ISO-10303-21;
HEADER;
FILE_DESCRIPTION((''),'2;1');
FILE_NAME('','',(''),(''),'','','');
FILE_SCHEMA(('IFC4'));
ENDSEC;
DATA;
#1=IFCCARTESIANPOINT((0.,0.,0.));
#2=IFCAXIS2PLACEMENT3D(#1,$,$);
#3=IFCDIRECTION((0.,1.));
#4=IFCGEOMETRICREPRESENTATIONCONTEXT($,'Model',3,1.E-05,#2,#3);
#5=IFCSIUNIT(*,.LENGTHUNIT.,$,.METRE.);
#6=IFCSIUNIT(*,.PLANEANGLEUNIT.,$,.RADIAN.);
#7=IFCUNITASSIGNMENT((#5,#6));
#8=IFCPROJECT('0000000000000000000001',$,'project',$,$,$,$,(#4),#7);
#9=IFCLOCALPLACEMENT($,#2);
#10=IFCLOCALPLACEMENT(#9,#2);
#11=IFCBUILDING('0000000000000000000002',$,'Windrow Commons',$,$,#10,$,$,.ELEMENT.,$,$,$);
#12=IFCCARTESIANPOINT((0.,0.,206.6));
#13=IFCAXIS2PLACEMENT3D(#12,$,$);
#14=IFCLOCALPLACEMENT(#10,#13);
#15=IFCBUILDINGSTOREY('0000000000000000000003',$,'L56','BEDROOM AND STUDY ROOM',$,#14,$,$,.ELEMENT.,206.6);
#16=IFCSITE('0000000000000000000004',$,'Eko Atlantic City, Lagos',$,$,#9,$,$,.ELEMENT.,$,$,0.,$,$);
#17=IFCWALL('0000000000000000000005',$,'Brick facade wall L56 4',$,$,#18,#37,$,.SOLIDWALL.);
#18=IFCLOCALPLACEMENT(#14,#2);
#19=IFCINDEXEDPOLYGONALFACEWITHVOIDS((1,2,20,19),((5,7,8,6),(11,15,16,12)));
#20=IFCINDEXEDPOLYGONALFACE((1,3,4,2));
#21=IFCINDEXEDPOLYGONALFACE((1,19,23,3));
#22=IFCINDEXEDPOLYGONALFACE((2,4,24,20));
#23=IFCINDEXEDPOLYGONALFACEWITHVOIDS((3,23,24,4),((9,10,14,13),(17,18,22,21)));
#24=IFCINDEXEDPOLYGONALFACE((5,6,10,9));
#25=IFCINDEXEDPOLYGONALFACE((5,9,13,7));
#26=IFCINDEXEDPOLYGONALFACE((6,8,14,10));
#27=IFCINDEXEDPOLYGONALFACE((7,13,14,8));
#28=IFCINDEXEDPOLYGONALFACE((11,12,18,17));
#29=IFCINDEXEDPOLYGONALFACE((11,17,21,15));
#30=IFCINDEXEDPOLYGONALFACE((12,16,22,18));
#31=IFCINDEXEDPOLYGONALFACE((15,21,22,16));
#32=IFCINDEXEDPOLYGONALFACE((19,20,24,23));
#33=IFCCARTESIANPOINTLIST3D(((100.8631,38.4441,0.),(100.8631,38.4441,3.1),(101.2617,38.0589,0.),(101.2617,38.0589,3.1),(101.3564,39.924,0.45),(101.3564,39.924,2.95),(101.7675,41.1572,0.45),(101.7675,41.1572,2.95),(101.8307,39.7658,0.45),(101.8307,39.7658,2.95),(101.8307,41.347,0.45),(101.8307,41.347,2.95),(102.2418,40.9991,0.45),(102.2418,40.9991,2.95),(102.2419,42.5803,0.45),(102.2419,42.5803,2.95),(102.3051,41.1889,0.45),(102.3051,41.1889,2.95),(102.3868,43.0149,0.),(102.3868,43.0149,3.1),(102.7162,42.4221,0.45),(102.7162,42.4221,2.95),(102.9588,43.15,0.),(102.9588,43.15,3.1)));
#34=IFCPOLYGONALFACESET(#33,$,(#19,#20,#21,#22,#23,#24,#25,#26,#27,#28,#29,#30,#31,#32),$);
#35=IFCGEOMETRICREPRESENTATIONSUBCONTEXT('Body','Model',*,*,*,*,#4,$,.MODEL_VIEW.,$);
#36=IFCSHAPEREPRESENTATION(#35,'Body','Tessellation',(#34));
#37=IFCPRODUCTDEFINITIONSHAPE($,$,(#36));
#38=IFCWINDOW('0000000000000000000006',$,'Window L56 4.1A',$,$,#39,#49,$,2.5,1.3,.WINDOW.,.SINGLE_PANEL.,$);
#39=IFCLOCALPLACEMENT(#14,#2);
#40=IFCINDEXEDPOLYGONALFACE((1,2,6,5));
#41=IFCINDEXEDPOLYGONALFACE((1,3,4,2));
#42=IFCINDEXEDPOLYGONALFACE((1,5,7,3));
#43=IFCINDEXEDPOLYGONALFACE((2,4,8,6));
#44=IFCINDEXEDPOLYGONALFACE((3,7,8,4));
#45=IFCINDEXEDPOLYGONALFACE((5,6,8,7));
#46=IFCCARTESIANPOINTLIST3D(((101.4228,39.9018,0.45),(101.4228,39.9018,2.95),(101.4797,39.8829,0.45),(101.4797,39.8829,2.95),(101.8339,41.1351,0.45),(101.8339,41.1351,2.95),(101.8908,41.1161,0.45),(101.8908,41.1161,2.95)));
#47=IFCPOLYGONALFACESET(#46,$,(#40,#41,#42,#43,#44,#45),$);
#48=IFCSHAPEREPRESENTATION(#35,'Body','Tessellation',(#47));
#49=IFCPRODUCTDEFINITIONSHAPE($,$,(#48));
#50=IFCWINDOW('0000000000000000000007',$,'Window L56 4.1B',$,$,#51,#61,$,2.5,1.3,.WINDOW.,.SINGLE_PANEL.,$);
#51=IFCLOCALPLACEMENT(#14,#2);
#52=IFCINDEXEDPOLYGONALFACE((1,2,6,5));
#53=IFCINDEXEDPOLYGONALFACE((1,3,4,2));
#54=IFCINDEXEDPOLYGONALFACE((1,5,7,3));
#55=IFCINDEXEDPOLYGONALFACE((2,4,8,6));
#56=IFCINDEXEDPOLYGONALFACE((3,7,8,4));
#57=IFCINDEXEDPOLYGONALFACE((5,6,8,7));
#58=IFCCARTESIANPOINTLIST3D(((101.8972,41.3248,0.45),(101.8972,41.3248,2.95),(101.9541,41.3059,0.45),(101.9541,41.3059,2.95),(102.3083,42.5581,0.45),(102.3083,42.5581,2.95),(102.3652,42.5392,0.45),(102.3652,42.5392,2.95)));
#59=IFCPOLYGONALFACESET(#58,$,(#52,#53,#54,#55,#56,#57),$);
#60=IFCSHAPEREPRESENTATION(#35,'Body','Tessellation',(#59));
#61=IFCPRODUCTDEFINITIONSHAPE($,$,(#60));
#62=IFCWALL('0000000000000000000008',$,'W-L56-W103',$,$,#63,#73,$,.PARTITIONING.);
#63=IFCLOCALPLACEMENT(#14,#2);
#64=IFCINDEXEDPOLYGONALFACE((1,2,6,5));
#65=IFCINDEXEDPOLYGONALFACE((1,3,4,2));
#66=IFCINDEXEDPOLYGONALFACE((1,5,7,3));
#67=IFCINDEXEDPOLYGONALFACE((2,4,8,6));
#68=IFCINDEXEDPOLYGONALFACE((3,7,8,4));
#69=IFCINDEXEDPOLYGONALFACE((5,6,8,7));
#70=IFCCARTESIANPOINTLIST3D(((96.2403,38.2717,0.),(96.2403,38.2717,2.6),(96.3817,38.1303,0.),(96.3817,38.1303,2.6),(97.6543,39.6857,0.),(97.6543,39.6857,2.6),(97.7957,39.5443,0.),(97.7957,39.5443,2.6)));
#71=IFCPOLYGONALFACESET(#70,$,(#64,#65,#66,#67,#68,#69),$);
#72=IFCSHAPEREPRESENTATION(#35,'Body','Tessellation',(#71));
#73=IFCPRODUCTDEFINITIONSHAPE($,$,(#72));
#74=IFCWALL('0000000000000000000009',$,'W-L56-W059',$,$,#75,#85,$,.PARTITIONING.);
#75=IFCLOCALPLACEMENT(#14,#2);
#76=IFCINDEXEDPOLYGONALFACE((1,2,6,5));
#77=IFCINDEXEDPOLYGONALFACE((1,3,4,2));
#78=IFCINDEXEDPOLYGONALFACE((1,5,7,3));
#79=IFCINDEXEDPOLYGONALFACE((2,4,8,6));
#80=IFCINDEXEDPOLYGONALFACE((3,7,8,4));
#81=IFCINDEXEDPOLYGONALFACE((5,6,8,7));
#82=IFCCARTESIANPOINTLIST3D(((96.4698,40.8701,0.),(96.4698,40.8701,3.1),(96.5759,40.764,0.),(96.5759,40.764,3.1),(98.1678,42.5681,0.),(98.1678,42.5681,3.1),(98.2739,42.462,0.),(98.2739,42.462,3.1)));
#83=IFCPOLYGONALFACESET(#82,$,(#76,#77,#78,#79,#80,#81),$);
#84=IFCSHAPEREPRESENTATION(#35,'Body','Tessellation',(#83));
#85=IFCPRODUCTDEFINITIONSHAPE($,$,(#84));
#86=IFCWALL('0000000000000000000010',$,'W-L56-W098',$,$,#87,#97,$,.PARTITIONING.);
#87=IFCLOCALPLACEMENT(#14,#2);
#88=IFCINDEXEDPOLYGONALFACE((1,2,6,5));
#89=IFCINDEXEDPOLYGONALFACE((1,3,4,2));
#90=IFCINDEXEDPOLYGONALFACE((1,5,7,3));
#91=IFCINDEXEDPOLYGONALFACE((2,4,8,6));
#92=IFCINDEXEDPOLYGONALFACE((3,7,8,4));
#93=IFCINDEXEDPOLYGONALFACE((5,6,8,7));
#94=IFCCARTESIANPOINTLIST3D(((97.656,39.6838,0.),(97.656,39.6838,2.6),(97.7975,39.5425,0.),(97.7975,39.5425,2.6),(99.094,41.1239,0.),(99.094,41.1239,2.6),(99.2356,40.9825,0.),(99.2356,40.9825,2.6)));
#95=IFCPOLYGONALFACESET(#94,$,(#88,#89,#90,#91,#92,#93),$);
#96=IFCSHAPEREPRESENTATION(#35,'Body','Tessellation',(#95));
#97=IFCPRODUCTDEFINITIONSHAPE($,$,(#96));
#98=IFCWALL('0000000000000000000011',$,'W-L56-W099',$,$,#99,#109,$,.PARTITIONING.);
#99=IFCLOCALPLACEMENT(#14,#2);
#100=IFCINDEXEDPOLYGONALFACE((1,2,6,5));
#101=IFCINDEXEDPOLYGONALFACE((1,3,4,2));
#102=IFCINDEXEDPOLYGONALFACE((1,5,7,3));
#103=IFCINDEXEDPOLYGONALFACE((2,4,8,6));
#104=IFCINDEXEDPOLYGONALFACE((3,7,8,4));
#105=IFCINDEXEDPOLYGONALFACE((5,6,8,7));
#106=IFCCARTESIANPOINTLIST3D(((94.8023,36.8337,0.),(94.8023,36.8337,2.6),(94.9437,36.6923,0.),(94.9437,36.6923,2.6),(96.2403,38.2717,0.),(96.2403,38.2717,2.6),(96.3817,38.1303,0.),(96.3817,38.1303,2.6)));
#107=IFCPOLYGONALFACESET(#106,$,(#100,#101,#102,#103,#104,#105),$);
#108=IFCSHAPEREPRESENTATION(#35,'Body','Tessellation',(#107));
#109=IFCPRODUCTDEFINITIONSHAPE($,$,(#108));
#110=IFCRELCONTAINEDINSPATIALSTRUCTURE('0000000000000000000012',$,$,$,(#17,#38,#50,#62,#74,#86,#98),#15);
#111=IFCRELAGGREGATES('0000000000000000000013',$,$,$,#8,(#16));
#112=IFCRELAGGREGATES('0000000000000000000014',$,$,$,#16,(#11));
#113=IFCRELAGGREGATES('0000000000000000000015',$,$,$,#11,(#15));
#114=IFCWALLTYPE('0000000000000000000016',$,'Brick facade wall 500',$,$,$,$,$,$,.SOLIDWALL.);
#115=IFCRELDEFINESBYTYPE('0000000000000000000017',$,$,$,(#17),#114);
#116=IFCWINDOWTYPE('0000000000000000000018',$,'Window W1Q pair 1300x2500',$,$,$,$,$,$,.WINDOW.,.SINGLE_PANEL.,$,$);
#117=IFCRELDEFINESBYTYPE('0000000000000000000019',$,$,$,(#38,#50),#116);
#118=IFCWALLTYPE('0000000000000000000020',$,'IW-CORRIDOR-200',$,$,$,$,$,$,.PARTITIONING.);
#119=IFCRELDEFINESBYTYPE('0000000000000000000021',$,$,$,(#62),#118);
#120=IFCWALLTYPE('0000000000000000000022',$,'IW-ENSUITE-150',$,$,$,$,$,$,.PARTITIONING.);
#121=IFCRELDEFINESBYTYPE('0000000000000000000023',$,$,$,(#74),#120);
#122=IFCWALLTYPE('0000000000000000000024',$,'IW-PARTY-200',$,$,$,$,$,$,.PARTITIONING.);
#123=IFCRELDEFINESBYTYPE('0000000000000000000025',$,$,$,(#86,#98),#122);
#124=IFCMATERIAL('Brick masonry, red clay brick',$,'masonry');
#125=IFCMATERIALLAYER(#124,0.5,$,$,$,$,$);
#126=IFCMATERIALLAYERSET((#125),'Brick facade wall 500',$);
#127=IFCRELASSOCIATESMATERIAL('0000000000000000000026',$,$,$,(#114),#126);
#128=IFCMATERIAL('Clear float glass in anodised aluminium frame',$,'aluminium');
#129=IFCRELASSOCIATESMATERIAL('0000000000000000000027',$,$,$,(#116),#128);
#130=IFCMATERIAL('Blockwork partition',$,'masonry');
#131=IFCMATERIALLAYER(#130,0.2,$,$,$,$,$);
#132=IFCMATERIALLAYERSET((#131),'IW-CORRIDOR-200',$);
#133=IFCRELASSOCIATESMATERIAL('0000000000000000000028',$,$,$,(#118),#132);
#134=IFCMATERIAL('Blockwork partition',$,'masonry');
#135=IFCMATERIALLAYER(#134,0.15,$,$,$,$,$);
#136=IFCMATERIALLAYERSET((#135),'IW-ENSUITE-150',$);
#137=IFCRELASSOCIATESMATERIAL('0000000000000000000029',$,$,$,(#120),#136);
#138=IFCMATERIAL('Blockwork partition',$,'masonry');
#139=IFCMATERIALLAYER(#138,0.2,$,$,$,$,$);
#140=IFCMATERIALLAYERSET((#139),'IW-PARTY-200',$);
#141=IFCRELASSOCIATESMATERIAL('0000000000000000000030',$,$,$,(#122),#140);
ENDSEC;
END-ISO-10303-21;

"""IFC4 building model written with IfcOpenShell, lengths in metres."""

from ifc_helpers import new_model, si_unit, direction, frame, frame_2d, origin, place, context, subcontext, project, spatial, polyline, rectangle, outline, extrude, material, layer, layer_set, type_object, element, fill, save


model = new_model("IFC4")

# Units and contexts
model_context = context("Model", 3, precision=1e-05, world=origin(), true_north=direction((0.0, 1.0)))
body_context = subcontext(model_context, "Body", "Model", "MODEL_VIEW")
ifc_project = project(units=[si_unit("LENGTHUNIT", "METRE"), si_unit("PLANEANGLEUNIT", "RADIAN")], contexts=[model_context])

# Site, building, storey
site_placement = place(None, origin())
site = spatial("IfcSite", under=ifc_project, at=site_placement, Name="Eko Atlantic City, Lagos", CompositionType="ELEMENT", RefElevation=0.0)
building_placement = place(site_placement, origin())
building = spatial("IfcBuilding", under=site, at=building_placement, Name="Windrow Commons", CompositionType="ELEMENT")
storey_placement = place(building_placement, frame((0.0, 0.0, 206.6)))
storey = spatial("IfcBuildingStorey", under=building, at=storey_placement, Name="L56", Description="BEDROOM AND STUDY ROOM", CompositionType="ELEMENT", Elevation=206.6)

# Wall, openings, windows
ifc_material_1 = material(Name="Brick masonry, red clay brick", Category="masonry")
ifc_layer_1 = layer(ifc_material_1, 0.5)
ifc_layer_set_1 = layer_set([ifc_layer_1], Name="Brick facade wall 500")
wall_type_1 = type_object("IfcWallType", Name="Brick facade wall 500", PredefinedType="SOLIDWALL", material=ifc_layer_set_1)
ifc_material_2 = material(Name="Clear float glass in anodised aluminium frame", Category="aluminium")
window_type = type_object("IfcWindowType", Name="Window W1Q pair 1300x2500", PartitioningType="SINGLE_PANEL", PredefinedType="WINDOW", material=ifc_material_2)
wall_1_placement = place(storey_placement, frame((101.0624, 38.2515, 0.0), z_axis=(0.0, 0.0, 1.0), x_axis=(0.31624, 0.948679, 0.0)))
wall_1 = element("IfcWall", 1, at=wall_1_placement, inside=storey, type_object=wall_type_1, Name="Brick facade wall L56 4", PredefinedType="SOLIDWALL", context=body_context, shape_type="SweptSolid", body=[
    extrude(outline(polyline([(-0.1197, -0.25), (5.2468, -0.25), (4.9378, 0.25), (0.1197, 0.25), (-0.1197, -0.25)])), origin(), (0.0, 0.0, 1.0), 3.1),
])
opening_1_placement = place(wall_1_placement, frame((1.6796, 0.0, 0.45)))
opening_1 = element("IfcOpeningElement", 2, at=opening_1_placement, cuts=wall_1, PredefinedType="OPENING", context=body_context, shape_type="SweptSolid", body=[
    extrude(rectangle(XDim=1.3, YDim=2.5, at=frame_2d((0.65, 1.25))), frame((0.0, 0.26, 0.0), z_axis=(0.0, -1.0, 0.0), x_axis=(1.0, 0.0, 0.0)), (0.0, 0.0, 1.0), 0.52),
])
opening_2_placement = place(wall_1_placement, frame((3.1796, 0.0, 0.45)))
opening_2 = element("IfcOpeningElement", 3, at=opening_2_placement, cuts=wall_1, PredefinedType="OPENING", context=body_context, shape_type="SweptSolid", body=[
    extrude(rectangle(XDim=1.3, YDim=2.5, at=frame_2d((0.65, 1.25))), frame((0.0, 0.26, 0.0), z_axis=(0.0, -1.0, 0.0), x_axis=(1.0, 0.0, 0.0)), (0.0, 0.0, 1.0), 0.52),
])
window_1_placement = place(opening_1_placement, origin())
window_1 = element("IfcWindow", 4, at=window_1_placement, inside=storey, type_object=window_type, Name="Window L56 4.1A", OverallHeight=2.5, OverallWidth=1.3, PartitioningType="SINGLE_PANEL", PredefinedType="WINDOW", context=body_context, shape_type="SweptSolid", body=[
    extrude(rectangle(XDim=1.3, YDim=2.5, at=frame_2d((0.65, 1.25))), frame((0.0, 0.18, 0.0), z_axis=(0.0, -1.0, 0.0), x_axis=(1.0, 0.0, 0.0)), (0.0, 0.0, 1.0), 0.06),
])
fill(opening_1, window_1)
window_2_placement = place(opening_2_placement, origin())
window_2 = element("IfcWindow", 5, at=window_2_placement, inside=storey, type_object=window_type, Name="Window L56 4.1B", OverallHeight=2.5, OverallWidth=1.3, PartitioningType="SINGLE_PANEL", PredefinedType="WINDOW", context=body_context, shape_type="SweptSolid", body=[
    extrude(rectangle(XDim=1.3, YDim=2.5, at=frame_2d((0.65, 1.25))), frame((0.0, 0.18, 0.0), z_axis=(0.0, -1.0, 0.0), x_axis=(1.0, 0.0, 0.0)), (0.0, 0.0, 1.0), 0.06),
])
fill(opening_2, window_2)

# Walls
ifc_material_3 = material(Name="Blockwork partition", Category="masonry")
ifc_layer_2 = layer(ifc_material_3, 0.2)
ifc_layer_set_2 = layer_set([ifc_layer_2], Name="IW-CORRIDOR-200")
wall_type_2 = type_object("IfcWallType", Name="IW-CORRIDOR-200", PredefinedType="PARTITIONING", material=ifc_layer_set_2)
wall_2_placement = place(storey_placement, frame((96.311, 38.201, 0.0), z_axis=(0.0, 0.0, 1.0), x_axis=(0.707107, 0.707107, 0.0)))
element("IfcWall", 6, at=wall_2_placement, inside=storey, type_object=wall_type_2, Name="W-L56-W103", PredefinedType="PARTITIONING", context=body_context, shape_type="SweptSolid", body=[
    extrude(rectangle(XDim=1.9997, YDim=0.2, at=frame_2d((0.9999, 0.0))), origin(), (0.0, 0.0, 1.0), 2.6),
])
ifc_material_4 = material(Name="Blockwork partition", Category="masonry")
ifc_layer_3 = layer(ifc_material_4, 0.15)
ifc_layer_set_3 = layer_set([ifc_layer_3], Name="IW-ENSUITE-150")
wall_type_3 = type_object("IfcWallType", Name="IW-ENSUITE-150", PredefinedType="PARTITIONING", material=ifc_layer_set_3)
wall_3_placement = place(storey_placement, frame((96.5229, 40.8171, 0.0), z_axis=(0.0, 0.0, 1.0), x_axis=(0.707107, 0.707107, 0.0)))
element("IfcWall", 7, at=wall_3_placement, inside=storey, type_object=wall_type_3, Name="W-L56-W059", PredefinedType="PARTITIONING", context=body_context, shape_type="SweptSolid", body=[
    extrude(rectangle(XDim=2.4013, YDim=0.15, at=frame_2d((1.2006, 0.0))), origin(), (0.0, 0.0, 1.0), 3.1),
])
ifc_material_5 = material(Name="Blockwork partition", Category="masonry")
ifc_layer_4 = layer(ifc_material_5, 0.2)
ifc_layer_set_4 = layer_set([ifc_layer_4], Name="IW-PARTY-200")
wall_type_4 = type_object("IfcWallType", Name="IW-PARTY-200", PredefinedType="PARTITIONING", material=ifc_layer_set_4)
wall_4_placement = place(storey_placement, frame((97.7268, 39.6132, 0.0), z_axis=(0.0, 0.0, 1.0), x_axis=(0.706615, 0.707598, 0.0)))
element("IfcWall", 8, at=wall_4_placement, inside=storey, type_object=wall_type_4, Name="W-L56-W098", PredefinedType="PARTITIONING", context=body_context, shape_type="SweptSolid", body=[
    extrude(rectangle(XDim=2.0351, YDim=0.2, at=frame_2d((1.0175, 0.0))), origin(), (0.0, 0.0, 1.0), 2.6),
])
wall_5_placement = place(storey_placement, frame((94.873, 36.763, 0.0), z_axis=(0.0, 0.0, 1.0), x_axis=(0.707107, 0.707107, 0.0)))
element("IfcWall", 9, at=wall_5_placement, inside=storey, type_object=wall_type_4, Name="W-L56-W099", PredefinedType="PARTITIONING", context=body_context, shape_type="SweptSolid", body=[
    extrude(rectangle(XDim=2.0336, YDim=0.2, at=frame_2d((1.0168, 0.0))), origin(), (0.0, 0.0, 1.0), 2.6),
])

save(model, "model.ifc")
